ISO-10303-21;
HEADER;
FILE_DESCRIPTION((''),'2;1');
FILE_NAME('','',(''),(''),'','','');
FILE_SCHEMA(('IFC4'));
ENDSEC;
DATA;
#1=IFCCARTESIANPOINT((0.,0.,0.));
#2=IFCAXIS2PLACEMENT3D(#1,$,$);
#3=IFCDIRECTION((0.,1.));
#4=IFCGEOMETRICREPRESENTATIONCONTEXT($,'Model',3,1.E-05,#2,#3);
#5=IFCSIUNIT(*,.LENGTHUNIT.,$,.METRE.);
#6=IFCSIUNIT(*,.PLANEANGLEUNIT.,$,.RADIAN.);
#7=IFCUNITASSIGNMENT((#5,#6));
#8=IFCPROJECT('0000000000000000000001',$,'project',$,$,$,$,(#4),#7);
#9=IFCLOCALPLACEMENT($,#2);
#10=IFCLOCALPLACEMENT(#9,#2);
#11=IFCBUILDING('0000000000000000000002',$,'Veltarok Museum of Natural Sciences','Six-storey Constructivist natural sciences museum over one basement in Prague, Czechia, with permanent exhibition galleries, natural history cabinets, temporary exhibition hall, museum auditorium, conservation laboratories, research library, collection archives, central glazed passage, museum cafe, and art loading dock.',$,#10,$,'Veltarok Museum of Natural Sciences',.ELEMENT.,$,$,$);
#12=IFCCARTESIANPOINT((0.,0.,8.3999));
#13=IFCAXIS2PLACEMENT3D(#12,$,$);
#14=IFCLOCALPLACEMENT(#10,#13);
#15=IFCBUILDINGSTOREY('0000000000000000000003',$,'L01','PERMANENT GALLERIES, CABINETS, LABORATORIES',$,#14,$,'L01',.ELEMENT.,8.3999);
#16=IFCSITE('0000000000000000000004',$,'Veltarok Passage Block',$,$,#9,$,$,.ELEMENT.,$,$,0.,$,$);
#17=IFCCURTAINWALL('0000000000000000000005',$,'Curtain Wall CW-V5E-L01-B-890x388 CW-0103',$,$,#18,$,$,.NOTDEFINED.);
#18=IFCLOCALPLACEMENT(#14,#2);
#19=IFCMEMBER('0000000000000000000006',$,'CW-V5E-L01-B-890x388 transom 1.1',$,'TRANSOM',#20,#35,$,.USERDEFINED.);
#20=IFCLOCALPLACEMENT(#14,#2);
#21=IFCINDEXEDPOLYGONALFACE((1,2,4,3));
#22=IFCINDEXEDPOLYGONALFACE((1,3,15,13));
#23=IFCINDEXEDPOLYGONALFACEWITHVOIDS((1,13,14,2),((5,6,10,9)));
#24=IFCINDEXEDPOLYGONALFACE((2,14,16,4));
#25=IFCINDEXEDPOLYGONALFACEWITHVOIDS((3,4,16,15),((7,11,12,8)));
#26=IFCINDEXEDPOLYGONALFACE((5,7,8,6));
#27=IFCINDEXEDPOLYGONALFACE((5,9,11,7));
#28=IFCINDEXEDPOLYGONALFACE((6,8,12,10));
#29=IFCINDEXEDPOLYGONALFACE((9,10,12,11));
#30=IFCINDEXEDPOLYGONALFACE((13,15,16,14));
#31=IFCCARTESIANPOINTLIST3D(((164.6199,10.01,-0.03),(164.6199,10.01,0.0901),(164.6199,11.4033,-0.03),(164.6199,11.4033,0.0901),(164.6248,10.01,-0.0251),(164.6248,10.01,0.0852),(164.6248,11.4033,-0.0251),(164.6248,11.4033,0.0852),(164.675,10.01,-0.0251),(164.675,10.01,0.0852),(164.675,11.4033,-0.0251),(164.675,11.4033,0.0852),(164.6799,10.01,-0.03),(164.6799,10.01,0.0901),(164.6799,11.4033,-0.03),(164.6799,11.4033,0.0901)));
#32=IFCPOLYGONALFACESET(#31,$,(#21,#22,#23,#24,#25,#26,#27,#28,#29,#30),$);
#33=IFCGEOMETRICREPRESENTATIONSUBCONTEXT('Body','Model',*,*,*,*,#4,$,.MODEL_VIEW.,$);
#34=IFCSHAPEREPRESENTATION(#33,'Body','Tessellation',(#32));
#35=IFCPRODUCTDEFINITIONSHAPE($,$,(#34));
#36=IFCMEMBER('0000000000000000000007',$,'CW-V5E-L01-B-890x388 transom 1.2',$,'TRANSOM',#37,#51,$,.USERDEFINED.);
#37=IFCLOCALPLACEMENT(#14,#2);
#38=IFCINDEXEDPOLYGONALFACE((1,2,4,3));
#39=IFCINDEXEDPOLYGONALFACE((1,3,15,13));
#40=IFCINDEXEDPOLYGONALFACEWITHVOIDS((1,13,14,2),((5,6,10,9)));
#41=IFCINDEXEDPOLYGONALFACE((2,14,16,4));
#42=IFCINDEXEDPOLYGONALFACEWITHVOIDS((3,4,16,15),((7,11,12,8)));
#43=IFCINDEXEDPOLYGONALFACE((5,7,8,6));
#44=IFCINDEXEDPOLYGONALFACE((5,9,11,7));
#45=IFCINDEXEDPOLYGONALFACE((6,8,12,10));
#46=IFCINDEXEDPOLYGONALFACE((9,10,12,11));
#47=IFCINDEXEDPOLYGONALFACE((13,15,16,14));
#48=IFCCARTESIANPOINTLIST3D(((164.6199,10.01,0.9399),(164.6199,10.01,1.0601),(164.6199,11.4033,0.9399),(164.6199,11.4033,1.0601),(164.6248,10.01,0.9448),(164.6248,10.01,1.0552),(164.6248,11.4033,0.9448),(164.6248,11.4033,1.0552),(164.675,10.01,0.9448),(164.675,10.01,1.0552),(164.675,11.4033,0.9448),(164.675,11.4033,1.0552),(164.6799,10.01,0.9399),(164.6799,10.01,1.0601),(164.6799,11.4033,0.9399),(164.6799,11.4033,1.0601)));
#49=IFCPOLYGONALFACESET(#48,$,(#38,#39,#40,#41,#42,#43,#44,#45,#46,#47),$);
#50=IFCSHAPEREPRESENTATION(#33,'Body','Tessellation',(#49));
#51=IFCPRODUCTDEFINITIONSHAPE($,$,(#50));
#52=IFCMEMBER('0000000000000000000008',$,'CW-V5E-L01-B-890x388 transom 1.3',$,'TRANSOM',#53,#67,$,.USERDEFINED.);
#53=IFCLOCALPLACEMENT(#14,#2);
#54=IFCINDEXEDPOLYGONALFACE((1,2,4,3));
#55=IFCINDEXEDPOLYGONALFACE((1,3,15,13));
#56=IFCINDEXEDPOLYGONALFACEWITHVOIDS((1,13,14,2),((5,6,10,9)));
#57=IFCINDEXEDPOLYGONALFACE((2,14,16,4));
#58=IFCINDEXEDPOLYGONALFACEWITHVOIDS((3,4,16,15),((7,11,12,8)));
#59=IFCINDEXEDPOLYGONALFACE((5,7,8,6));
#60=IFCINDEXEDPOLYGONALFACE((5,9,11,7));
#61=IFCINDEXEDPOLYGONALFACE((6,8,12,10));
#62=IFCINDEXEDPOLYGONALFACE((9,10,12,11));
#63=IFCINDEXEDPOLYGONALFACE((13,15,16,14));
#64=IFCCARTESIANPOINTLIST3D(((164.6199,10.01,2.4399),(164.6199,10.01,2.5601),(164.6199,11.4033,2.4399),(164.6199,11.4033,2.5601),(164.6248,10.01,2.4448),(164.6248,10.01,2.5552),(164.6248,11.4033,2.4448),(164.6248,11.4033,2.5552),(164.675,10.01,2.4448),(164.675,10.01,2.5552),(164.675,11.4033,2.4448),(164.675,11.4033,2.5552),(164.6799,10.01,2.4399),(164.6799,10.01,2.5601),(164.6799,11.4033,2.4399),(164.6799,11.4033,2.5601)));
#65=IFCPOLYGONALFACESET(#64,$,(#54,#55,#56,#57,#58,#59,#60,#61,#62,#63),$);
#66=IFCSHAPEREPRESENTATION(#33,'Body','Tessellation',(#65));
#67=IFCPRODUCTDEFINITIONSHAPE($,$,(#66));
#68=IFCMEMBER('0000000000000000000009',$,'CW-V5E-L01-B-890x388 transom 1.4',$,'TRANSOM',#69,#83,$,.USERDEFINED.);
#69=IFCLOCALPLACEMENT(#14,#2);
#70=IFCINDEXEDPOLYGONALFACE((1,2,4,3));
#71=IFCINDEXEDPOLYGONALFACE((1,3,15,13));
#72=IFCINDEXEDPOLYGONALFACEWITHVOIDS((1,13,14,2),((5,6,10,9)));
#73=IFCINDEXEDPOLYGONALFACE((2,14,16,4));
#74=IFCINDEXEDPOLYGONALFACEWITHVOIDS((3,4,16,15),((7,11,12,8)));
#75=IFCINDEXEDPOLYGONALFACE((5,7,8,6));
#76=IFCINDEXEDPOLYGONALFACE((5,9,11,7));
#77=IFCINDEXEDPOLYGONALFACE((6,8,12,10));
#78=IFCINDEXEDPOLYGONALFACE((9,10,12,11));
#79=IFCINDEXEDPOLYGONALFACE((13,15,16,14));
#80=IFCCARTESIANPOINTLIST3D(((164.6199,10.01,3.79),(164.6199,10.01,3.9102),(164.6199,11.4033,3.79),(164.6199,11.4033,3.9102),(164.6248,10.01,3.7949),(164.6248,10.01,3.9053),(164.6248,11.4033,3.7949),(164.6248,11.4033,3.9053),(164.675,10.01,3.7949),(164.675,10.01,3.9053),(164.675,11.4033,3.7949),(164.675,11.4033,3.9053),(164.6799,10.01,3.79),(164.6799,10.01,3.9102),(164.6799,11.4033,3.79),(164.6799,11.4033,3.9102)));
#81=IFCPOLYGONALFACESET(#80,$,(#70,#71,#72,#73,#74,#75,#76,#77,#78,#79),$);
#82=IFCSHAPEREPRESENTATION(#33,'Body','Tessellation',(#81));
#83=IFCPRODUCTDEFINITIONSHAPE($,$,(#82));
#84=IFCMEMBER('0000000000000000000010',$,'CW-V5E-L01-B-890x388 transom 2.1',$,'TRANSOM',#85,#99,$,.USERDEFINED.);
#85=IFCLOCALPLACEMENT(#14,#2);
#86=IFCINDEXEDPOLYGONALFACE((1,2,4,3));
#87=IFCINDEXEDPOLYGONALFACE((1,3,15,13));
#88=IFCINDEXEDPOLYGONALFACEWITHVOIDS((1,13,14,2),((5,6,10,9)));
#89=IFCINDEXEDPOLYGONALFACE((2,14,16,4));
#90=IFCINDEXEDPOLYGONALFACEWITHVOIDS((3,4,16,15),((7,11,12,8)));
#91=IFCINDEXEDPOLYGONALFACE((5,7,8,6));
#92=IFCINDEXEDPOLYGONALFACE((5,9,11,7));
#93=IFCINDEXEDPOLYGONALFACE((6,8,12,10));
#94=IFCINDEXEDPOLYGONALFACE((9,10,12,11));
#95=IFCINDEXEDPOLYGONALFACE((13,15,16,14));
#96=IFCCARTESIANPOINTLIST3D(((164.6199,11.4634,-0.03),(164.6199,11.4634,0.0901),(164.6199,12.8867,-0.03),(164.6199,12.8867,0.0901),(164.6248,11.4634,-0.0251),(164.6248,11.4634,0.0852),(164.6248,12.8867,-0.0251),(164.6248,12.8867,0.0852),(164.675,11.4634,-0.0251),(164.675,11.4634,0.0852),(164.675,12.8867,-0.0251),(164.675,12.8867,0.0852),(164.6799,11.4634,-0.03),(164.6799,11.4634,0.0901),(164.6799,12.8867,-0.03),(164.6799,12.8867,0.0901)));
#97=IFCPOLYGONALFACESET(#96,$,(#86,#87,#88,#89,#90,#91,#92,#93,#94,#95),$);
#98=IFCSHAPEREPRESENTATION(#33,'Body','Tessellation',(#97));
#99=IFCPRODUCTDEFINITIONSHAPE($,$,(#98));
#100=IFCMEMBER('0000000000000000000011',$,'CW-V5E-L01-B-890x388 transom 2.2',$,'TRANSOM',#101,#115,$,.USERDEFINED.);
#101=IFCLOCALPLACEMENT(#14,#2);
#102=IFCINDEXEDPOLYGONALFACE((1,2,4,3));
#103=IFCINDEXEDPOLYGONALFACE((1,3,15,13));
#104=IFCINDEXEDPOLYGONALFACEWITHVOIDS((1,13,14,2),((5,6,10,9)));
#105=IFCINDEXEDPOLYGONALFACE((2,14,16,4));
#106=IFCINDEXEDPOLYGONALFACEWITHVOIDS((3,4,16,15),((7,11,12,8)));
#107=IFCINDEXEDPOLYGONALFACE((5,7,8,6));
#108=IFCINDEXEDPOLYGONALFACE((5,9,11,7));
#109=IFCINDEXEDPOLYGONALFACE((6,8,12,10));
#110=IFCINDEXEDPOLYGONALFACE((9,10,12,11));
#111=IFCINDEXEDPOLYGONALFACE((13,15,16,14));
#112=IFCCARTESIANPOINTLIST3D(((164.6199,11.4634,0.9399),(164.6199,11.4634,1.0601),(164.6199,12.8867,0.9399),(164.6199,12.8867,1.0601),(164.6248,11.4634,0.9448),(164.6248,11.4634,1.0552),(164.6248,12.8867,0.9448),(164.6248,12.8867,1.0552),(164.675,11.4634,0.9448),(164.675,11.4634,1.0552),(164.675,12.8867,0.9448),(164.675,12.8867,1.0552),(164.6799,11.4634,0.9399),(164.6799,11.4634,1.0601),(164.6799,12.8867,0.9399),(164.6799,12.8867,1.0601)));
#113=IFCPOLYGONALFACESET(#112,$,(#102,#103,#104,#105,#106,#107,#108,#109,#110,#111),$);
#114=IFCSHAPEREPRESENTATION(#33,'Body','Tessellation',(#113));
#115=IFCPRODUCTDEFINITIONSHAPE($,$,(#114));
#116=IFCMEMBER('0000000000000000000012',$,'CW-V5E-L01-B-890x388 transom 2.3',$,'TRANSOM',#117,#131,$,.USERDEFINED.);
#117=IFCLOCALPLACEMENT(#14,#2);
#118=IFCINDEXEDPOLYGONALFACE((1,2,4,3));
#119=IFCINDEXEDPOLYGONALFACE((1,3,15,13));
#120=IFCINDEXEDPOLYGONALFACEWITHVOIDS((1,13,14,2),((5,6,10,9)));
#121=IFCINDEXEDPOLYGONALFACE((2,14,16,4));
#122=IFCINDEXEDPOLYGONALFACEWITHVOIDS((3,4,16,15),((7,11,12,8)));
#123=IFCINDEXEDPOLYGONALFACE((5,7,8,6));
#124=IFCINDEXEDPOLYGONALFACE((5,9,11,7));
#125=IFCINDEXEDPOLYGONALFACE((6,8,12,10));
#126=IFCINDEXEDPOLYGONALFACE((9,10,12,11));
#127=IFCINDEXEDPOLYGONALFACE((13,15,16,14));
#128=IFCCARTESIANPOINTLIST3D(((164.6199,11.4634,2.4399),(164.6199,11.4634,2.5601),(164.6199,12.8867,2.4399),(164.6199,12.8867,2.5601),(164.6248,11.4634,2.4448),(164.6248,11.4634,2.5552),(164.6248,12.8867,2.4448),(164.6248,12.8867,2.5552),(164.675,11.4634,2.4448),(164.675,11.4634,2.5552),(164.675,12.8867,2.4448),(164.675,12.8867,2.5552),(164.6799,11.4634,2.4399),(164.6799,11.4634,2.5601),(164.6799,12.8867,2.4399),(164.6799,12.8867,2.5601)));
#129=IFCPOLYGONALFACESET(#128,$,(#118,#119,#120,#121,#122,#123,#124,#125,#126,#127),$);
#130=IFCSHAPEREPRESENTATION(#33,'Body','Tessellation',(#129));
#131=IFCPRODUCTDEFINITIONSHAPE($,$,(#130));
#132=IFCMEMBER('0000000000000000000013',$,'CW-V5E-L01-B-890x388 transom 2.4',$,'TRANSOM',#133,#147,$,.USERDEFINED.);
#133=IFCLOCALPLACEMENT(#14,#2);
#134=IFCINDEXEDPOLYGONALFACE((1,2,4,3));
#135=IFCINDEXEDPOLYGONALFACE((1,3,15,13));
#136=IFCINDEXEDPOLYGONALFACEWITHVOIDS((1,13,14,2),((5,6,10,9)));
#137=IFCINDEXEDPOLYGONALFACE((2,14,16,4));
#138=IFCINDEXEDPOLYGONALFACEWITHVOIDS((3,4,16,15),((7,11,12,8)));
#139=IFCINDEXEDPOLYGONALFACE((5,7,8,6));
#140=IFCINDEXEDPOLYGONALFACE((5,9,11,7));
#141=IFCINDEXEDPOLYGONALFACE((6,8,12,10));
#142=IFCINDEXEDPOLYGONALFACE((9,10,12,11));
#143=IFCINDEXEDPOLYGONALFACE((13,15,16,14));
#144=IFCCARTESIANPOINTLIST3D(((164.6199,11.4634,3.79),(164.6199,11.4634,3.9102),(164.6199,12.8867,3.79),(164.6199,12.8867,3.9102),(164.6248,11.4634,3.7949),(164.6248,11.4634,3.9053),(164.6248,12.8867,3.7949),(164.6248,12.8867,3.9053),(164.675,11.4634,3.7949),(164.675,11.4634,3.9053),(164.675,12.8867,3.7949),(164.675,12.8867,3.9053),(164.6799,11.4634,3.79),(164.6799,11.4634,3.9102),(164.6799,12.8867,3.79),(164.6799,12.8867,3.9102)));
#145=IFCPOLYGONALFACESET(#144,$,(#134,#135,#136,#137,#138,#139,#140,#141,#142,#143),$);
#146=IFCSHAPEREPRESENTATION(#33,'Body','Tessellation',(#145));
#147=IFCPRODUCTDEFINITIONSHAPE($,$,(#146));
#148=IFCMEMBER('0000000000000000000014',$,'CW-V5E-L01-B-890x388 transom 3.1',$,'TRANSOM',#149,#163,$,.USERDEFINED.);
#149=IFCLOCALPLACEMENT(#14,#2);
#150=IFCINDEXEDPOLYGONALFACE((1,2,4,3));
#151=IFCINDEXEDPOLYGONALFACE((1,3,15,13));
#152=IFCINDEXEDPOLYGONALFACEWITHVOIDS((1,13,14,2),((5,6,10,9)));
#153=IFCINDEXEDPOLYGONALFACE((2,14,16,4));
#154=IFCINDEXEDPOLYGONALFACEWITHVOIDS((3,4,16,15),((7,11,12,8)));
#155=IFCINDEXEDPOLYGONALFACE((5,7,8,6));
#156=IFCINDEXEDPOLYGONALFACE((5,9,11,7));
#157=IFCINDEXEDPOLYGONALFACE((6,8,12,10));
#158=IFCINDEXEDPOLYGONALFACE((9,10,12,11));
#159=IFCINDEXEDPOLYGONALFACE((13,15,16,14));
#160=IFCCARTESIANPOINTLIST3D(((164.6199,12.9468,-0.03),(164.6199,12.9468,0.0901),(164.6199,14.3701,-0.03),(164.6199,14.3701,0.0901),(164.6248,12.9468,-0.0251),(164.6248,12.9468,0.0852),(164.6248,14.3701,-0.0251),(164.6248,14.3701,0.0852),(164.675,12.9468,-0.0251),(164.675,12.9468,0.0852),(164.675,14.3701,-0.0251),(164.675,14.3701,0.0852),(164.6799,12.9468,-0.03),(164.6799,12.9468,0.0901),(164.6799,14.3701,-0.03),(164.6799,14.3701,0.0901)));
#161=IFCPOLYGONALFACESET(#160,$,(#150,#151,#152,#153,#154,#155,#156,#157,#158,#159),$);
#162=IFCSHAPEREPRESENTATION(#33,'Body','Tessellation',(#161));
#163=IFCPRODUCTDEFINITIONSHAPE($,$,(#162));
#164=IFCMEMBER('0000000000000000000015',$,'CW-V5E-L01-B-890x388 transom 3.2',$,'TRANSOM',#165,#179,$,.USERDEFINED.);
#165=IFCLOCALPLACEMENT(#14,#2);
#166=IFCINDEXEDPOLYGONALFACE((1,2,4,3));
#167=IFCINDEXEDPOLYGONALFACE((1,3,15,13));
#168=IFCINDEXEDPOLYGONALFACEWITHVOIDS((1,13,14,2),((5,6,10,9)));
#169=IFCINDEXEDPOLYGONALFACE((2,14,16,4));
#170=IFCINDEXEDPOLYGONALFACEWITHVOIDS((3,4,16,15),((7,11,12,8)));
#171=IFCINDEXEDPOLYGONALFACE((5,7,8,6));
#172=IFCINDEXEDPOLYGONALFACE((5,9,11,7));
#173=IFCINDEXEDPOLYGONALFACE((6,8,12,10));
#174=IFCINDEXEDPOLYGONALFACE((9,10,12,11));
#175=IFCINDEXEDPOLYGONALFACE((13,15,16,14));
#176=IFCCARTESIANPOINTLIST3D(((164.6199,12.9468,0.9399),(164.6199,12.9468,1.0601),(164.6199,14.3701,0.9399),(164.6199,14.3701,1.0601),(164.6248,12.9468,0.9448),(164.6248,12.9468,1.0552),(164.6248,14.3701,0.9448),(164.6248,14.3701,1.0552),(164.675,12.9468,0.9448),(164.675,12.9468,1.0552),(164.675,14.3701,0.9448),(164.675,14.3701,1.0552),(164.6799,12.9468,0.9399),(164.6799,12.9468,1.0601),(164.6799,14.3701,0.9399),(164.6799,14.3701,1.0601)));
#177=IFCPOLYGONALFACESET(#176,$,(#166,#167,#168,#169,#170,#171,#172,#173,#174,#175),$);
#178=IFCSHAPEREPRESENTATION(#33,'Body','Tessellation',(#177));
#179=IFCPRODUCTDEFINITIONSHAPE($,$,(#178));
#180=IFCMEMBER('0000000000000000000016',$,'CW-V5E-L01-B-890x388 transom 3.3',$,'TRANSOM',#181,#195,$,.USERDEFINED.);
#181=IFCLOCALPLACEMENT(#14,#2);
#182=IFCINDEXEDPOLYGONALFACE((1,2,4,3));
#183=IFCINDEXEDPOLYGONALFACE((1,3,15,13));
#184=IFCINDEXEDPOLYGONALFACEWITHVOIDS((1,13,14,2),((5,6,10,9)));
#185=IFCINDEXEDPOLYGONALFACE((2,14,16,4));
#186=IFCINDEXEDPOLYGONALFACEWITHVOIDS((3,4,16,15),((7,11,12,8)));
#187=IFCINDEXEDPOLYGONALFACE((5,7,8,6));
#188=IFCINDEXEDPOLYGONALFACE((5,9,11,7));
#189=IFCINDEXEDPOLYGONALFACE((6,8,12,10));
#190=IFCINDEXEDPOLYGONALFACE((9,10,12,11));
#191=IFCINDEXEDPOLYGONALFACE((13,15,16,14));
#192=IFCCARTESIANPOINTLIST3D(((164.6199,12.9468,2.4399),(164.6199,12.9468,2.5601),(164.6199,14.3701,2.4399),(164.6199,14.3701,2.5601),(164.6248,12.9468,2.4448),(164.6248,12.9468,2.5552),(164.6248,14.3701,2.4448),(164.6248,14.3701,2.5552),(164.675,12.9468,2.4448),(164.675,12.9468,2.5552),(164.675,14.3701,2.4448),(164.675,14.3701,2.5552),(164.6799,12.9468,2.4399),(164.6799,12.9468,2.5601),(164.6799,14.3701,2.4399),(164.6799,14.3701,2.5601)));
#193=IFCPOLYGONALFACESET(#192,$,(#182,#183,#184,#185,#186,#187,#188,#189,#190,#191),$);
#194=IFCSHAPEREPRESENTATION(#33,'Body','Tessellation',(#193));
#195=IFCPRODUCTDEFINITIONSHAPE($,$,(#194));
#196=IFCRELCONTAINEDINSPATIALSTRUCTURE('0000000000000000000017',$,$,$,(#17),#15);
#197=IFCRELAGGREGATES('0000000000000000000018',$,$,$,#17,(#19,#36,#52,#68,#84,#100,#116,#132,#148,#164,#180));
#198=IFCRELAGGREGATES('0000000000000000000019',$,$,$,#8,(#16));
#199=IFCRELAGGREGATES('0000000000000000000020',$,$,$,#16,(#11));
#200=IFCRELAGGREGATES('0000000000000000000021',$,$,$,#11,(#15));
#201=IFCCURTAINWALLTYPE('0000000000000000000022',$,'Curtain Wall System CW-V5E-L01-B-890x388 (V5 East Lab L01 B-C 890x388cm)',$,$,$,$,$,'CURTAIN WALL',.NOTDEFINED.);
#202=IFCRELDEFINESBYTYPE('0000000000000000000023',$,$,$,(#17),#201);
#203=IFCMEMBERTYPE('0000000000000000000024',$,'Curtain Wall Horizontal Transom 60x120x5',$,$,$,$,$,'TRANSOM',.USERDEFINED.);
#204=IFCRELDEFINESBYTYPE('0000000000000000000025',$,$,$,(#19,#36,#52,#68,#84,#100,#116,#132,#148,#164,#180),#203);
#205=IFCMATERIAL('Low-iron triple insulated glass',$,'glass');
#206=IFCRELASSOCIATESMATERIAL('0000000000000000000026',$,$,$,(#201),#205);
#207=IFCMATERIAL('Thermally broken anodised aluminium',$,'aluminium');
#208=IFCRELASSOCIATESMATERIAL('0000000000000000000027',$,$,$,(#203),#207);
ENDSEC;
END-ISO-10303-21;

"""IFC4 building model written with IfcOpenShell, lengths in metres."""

from ifc_helpers import new_model, si_unit, direction, frame, origin, origin_2d, place, context, subcontext, project, spatial, hollow_rectangle, extrude, material, material_profile, profile_set, type_object, element, aggregate, save


model = new_model("IFC4")

# Units and contexts
model_context = context("Model", 3, precision=1e-05, world=origin(), true_north=direction((0.0, 1.0)))
body_context = subcontext(model_context, "Body", "Model", "MODEL_VIEW")
ifc_project = project(units=[si_unit("LENGTHUNIT", "METRE"), si_unit("PLANEANGLEUNIT", "RADIAN")], contexts=[model_context])

# Site, building, storey
site_placement = place(None, origin())
site = spatial("IfcSite", under=ifc_project, at=site_placement, Name="Veltarok Passage Block", CompositionType="ELEMENT", RefElevation=0.0)
building_placement = place(site_placement, origin())
building = spatial("IfcBuilding", under=site, at=building_placement, Name="Veltarok Museum of Natural Sciences", Description="Six-storey Constructivist natural sciences museum over one basement in Prague, Czechia, with permanent exhibition galleries, natural history cabinets, temporary exhibition hall, museum auditorium, conservation laboratories, research library, collection archives, central glazed passage, museum cafe, and art loading dock.", LongName="Veltarok Museum of Natural Sciences", CompositionType="ELEMENT")
storey_placement = place(building_placement, frame((0.0, 0.0, 8.3999)))
storey = spatial("IfcBuildingStorey", under=building, at=storey_placement, Name="L01", Description="PERMANENT GALLERIES, CABINETS, LABORATORIES", LongName="L01", CompositionType="ELEMENT", Elevation=8.3999)

# Curtain wall, members
ifc_material_1 = material(Name="Low-iron triple insulated glass", Category="glass")
curtain_wall_type = type_object("IfcCurtainWallType", Name="Curtain Wall System CW-V5E-L01-B-890x388 (V5 East Lab L01 B-C 890x388cm)", ElementType="CURTAIN WALL", PredefinedType="NOTDEFINED", material=ifc_material_1)
curtain_wall_placement = place(storey_placement, origin())
curtain_wall = element("IfcCurtainWall", 1, at=curtain_wall_placement, inside=storey, type_object=curtain_wall_type, Name="Curtain Wall CW-V5E-L01-B-890x388 CW-0103", PredefinedType="NOTDEFINED")
ifc_material_2 = material(Name="Thermally broken anodised aluminium", Category="aluminium")
ifc_material_profile_1 = material_profile(ifc_material_2, hollow_rectangle(XDim=0.0601, YDim=0.1201, WallThickness=0.0049, at=origin_2d()), Name="CW TRANSOM 60x120x5")
ifc_profile_set_1 = profile_set([ifc_material_profile_1], Name="Thermally broken anodised aluminium")
member_type_1 = type_object("IfcMemberType", Name="Curtain Wall Horizontal Transom 60x120x5", ElementType="TRANSOM", PredefinedType="USERDEFINED", material=ifc_profile_set_1)
member_1_placement = place(storey_placement, frame((164.6499, 10.01, 0.03), z_axis=(0.0, 1.0, 0.0), x_axis=(-1.0, 0.0, 0.0)))
member_1 = element("IfcMember", 2, at=member_1_placement, type_object=member_type_1, Name="CW-V5E-L01-B-890x388 transom 1.1", ObjectType="TRANSOM", PredefinedType="USERDEFINED", context=body_context, shape_type="SweptSolid", body=[
    extrude(hollow_rectangle(XDim=0.0601, YDim=0.1201, WallThickness=0.0049, at=origin_2d()), origin(), (0.0, 0.0, 1.0), 1.3933),
])
member_2_placement = place(storey_placement, frame((164.6499, 10.01, 1.0), z_axis=(0.0, 1.0, 0.0), x_axis=(-1.0, 0.0, 0.0)))
member_2 = element("IfcMember", 3, at=member_2_placement, type_object=member_type_1, Name="CW-V5E-L01-B-890x388 transom 1.2", ObjectType="TRANSOM", PredefinedType="USERDEFINED", context=body_context, shape_type="SweptSolid", body=[
    extrude(hollow_rectangle(XDim=0.0601, YDim=0.1201, WallThickness=0.0049, at=origin_2d()), origin(), (0.0, 0.0, 1.0), 1.3933),
])
member_3_placement = place(storey_placement, frame((164.6499, 10.01, 2.5), z_axis=(0.0, 1.0, 0.0), x_axis=(-1.0, 0.0, 0.0)))
member_3 = element("IfcMember", 4, at=member_3_placement, type_object=member_type_1, Name="CW-V5E-L01-B-890x388 transom 1.3", ObjectType="TRANSOM", PredefinedType="USERDEFINED", context=body_context, shape_type="SweptSolid", body=[
    extrude(hollow_rectangle(XDim=0.0601, YDim=0.1201, WallThickness=0.0049, at=origin_2d()), origin(), (0.0, 0.0, 1.0), 1.3933),
])
member_4_placement = place(storey_placement, frame((164.6499, 10.01, 3.8501), z_axis=(0.0, 1.0, 0.0), x_axis=(-1.0, 0.0, 0.0)))
member_4 = element("IfcMember", 5, at=member_4_placement, type_object=member_type_1, Name="CW-V5E-L01-B-890x388 transom 1.4", ObjectType="TRANSOM", PredefinedType="USERDEFINED", context=body_context, shape_type="SweptSolid", body=[
    extrude(hollow_rectangle(XDim=0.0601, YDim=0.1201, WallThickness=0.0049, at=origin_2d()), origin(), (0.0, 0.0, 1.0), 1.3933),
])
member_5_placement = place(storey_placement, frame((164.6499, 11.4634, 0.03), z_axis=(0.0, 1.0, 0.0), x_axis=(-1.0, 0.0, 0.0)))
member_5 = element("IfcMember", 6, at=member_5_placement, type_object=member_type_1, Name="CW-V5E-L01-B-890x388 transom 2.1", ObjectType="TRANSOM", PredefinedType="USERDEFINED", context=body_context, shape_type="SweptSolid", body=[
    extrude(hollow_rectangle(XDim=0.0601, YDim=0.1201, WallThickness=0.0049, at=origin_2d()), origin(), (0.0, 0.0, 1.0), 1.4233),
])
member_6_placement = place(storey_placement, frame((164.6499, 11.4634, 1.0), z_axis=(0.0, 1.0, 0.0), x_axis=(-1.0, 0.0, 0.0)))
member_6 = element("IfcMember", 7, at=member_6_placement, type_object=member_type_1, Name="CW-V5E-L01-B-890x388 transom 2.2", ObjectType="TRANSOM", PredefinedType="USERDEFINED", context=body_context, shape_type="SweptSolid", body=[
    extrude(hollow_rectangle(XDim=0.0601, YDim=0.1201, WallThickness=0.0049, at=origin_2d()), origin(), (0.0, 0.0, 1.0), 1.4233),
])
member_7_placement = place(storey_placement, frame((164.6499, 11.4634, 2.5), z_axis=(0.0, 1.0, 0.0), x_axis=(-1.0, 0.0, 0.0)))
member_7 = element("IfcMember", 8, at=member_7_placement, type_object=member_type_1, Name="CW-V5E-L01-B-890x388 transom 2.3", ObjectType="TRANSOM", PredefinedType="USERDEFINED", context=body_context, shape_type="SweptSolid", body=[
    extrude(hollow_rectangle(XDim=0.0601, YDim=0.1201, WallThickness=0.0049, at=origin_2d()), origin(), (0.0, 0.0, 1.0), 1.4233),
])
member_8_placement = place(storey_placement, frame((164.6499, 11.4634, 3.8501), z_axis=(0.0, 1.0, 0.0), x_axis=(-1.0, 0.0, 0.0)))
member_8 = element("IfcMember", 9, at=member_8_placement, type_object=member_type_1, Name="CW-V5E-L01-B-890x388 transom 2.4", ObjectType="TRANSOM", PredefinedType="USERDEFINED", context=body_context, shape_type="SweptSolid", body=[
    extrude(hollow_rectangle(XDim=0.0601, YDim=0.1201, WallThickness=0.0049, at=origin_2d()), origin(), (0.0, 0.0, 1.0), 1.4233),
])
member_9_placement = place(storey_placement, frame((164.6499, 12.9468, 0.03), z_axis=(0.0, 1.0, 0.0), x_axis=(-1.0, 0.0, 0.0)))
member_9 = element("IfcMember", 10, at=member_9_placement, type_object=member_type_1, Name="CW-V5E-L01-B-890x388 transom 3.1", ObjectType="TRANSOM", PredefinedType="USERDEFINED", context=body_context, shape_type="SweptSolid", body=[
    extrude(hollow_rectangle(XDim=0.0601, YDim=0.1201, WallThickness=0.0049, at=origin_2d()), origin(), (0.0, 0.0, 1.0), 1.4233),
])
member_10_placement = place(storey_placement, frame((164.6499, 12.9468, 1.0), z_axis=(0.0, 1.0, 0.0), x_axis=(-1.0, 0.0, 0.0)))
member_10 = element("IfcMember", 11, at=member_10_placement, type_object=member_type_1, Name="CW-V5E-L01-B-890x388 transom 3.2", ObjectType="TRANSOM", PredefinedType="USERDEFINED", context=body_context, shape_type="SweptSolid", body=[
    extrude(hollow_rectangle(XDim=0.0601, YDim=0.1201, WallThickness=0.0049, at=origin_2d()), origin(), (0.0, 0.0, 1.0), 1.4233),
])
member_11_placement = place(storey_placement, frame((164.6499, 12.9468, 2.5), z_axis=(0.0, 1.0, 0.0), x_axis=(-1.0, 0.0, 0.0)))
member_11 = element("IfcMember", 12, at=member_11_placement, type_object=member_type_1, Name="CW-V5E-L01-B-890x388 transom 3.3", ObjectType="TRANSOM", PredefinedType="USERDEFINED", context=body_context, shape_type="SweptSolid", body=[
    extrude(hollow_rectangle(XDim=0.0601, YDim=0.1201, WallThickness=0.0049, at=origin_2d()), origin(), (0.0, 0.0, 1.0), 1.4233),
])

aggregate(curtain_wall, [member_1, member_2, member_3, member_4, member_5, member_6, member_7, member_8, member_9, member_10, member_11])

save(model, "model.ifc")
